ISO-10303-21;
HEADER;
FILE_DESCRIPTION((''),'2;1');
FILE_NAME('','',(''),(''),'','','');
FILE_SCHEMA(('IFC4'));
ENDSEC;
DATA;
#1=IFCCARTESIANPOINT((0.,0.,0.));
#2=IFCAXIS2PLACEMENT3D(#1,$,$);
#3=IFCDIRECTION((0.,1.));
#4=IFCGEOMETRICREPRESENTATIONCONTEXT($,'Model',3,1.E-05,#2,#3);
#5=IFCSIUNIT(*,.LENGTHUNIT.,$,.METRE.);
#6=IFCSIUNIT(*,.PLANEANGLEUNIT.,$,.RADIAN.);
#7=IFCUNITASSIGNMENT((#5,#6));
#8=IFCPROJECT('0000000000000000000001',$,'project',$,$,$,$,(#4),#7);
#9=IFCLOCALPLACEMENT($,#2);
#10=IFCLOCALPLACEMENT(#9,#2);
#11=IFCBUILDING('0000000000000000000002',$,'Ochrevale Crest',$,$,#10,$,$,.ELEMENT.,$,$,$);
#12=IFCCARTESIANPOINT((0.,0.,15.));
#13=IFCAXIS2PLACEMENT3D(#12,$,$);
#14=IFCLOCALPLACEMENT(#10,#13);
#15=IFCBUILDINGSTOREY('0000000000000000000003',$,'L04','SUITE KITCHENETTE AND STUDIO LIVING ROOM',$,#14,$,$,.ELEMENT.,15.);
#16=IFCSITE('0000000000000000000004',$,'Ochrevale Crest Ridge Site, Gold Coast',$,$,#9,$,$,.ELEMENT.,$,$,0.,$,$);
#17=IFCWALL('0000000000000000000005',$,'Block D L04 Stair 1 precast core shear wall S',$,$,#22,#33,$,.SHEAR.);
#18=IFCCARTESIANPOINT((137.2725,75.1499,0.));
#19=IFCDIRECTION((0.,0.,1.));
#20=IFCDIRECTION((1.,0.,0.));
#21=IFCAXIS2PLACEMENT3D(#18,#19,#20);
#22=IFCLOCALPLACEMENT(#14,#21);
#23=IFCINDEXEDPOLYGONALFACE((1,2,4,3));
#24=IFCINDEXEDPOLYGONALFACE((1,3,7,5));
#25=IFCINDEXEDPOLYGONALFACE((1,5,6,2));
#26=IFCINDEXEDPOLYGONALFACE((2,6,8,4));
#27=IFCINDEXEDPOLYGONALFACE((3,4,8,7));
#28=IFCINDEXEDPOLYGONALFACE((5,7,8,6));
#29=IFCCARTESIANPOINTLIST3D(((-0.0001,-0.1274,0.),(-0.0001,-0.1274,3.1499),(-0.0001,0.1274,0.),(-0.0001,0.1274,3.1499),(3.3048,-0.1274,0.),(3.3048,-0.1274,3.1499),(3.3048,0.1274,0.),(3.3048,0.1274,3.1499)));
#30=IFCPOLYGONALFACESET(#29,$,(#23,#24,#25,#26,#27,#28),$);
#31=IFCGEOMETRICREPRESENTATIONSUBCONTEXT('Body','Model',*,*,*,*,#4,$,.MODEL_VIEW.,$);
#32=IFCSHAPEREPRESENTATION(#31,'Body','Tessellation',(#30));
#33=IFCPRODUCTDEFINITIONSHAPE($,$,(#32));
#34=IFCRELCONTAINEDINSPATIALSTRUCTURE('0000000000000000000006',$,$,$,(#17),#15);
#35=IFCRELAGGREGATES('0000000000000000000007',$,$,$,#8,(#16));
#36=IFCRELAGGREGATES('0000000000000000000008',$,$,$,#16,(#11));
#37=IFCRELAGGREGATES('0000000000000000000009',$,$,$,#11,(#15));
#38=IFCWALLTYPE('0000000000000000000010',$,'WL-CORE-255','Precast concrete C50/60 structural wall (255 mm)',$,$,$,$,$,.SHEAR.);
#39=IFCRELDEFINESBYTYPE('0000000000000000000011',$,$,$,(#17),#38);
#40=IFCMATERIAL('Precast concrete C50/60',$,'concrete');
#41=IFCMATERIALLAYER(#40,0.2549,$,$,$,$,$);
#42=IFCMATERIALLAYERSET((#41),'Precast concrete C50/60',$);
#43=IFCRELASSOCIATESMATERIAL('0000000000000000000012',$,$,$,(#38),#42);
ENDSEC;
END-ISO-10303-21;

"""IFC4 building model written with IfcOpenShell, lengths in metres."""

from ifc_helpers import new_model, si_unit, direction, frame, frame_2d, origin, place, context, subcontext, project, spatial, rectangle, extrude, material, layer, layer_set, type_object, element, save


model = new_model("IFC4")

# Units and contexts
model_context = context("Model", 3, precision=1e-05, world=origin(), true_north=direction((0.0, 1.0)))
body_context = subcontext(model_context, "Body", "Model", "MODEL_VIEW")
ifc_project = project(units=[si_unit("LENGTHUNIT", "METRE"), si_unit("PLANEANGLEUNIT", "RADIAN")], contexts=[model_context])

# Site, building, storey
site_placement = place(None, origin())
site = spatial("IfcSite", under=ifc_project, at=site_placement, Name="Ochrevale Crest Ridge Site, Gold Coast", CompositionType="ELEMENT", RefElevation=0.0)
building_placement = place(site_placement, origin())
building = spatial("IfcBuilding", under=site, at=building_placement, Name="Ochrevale Crest", CompositionType="ELEMENT")
storey_placement = place(building_placement, frame((0.0, 0.0, 15.0)))
storey = spatial("IfcBuildingStorey", under=building, at=storey_placement, Name="L04", Description="SUITE KITCHENETTE AND STUDIO LIVING ROOM", CompositionType="ELEMENT", Elevation=15.0)

# Shared definitions
ifc_material_1 = material(Name="Precast concrete C50/60", Category="concrete")

# Wall
ifc_layer_1 = layer(ifc_material_1, 0.2549)
ifc_layer_set_1 = layer_set([ifc_layer_1], Name="Precast concrete C50/60")
wall_type_1 = type_object("IfcWallType", Name="WL-CORE-255", Description="Precast concrete C50/60 structural wall (255 mm)", PredefinedType="SHEAR", material=ifc_layer_set_1)
wall_1_placement = place(storey_placement, frame((137.2725, 75.1499, 0.0), z_axis=(0.0, 0.0, 1.0), x_axis=(1.0, 0.0, 0.0)))
element("IfcWall", 1, at=wall_1_placement, inside=storey, type_object=wall_type_1, Name="Block D L04 Stair 1 precast core shear wall S", PredefinedType="SHEAR", context=body_context, shape_type="SweptSolid", body=[
    extrude(rectangle(XDim=3.3049, YDim=0.2549, at=frame_2d((1.6523, 0.0))), origin(), (0.0, 0.0, 1.0), 3.1499),
])

save(model, "model.ifc")
